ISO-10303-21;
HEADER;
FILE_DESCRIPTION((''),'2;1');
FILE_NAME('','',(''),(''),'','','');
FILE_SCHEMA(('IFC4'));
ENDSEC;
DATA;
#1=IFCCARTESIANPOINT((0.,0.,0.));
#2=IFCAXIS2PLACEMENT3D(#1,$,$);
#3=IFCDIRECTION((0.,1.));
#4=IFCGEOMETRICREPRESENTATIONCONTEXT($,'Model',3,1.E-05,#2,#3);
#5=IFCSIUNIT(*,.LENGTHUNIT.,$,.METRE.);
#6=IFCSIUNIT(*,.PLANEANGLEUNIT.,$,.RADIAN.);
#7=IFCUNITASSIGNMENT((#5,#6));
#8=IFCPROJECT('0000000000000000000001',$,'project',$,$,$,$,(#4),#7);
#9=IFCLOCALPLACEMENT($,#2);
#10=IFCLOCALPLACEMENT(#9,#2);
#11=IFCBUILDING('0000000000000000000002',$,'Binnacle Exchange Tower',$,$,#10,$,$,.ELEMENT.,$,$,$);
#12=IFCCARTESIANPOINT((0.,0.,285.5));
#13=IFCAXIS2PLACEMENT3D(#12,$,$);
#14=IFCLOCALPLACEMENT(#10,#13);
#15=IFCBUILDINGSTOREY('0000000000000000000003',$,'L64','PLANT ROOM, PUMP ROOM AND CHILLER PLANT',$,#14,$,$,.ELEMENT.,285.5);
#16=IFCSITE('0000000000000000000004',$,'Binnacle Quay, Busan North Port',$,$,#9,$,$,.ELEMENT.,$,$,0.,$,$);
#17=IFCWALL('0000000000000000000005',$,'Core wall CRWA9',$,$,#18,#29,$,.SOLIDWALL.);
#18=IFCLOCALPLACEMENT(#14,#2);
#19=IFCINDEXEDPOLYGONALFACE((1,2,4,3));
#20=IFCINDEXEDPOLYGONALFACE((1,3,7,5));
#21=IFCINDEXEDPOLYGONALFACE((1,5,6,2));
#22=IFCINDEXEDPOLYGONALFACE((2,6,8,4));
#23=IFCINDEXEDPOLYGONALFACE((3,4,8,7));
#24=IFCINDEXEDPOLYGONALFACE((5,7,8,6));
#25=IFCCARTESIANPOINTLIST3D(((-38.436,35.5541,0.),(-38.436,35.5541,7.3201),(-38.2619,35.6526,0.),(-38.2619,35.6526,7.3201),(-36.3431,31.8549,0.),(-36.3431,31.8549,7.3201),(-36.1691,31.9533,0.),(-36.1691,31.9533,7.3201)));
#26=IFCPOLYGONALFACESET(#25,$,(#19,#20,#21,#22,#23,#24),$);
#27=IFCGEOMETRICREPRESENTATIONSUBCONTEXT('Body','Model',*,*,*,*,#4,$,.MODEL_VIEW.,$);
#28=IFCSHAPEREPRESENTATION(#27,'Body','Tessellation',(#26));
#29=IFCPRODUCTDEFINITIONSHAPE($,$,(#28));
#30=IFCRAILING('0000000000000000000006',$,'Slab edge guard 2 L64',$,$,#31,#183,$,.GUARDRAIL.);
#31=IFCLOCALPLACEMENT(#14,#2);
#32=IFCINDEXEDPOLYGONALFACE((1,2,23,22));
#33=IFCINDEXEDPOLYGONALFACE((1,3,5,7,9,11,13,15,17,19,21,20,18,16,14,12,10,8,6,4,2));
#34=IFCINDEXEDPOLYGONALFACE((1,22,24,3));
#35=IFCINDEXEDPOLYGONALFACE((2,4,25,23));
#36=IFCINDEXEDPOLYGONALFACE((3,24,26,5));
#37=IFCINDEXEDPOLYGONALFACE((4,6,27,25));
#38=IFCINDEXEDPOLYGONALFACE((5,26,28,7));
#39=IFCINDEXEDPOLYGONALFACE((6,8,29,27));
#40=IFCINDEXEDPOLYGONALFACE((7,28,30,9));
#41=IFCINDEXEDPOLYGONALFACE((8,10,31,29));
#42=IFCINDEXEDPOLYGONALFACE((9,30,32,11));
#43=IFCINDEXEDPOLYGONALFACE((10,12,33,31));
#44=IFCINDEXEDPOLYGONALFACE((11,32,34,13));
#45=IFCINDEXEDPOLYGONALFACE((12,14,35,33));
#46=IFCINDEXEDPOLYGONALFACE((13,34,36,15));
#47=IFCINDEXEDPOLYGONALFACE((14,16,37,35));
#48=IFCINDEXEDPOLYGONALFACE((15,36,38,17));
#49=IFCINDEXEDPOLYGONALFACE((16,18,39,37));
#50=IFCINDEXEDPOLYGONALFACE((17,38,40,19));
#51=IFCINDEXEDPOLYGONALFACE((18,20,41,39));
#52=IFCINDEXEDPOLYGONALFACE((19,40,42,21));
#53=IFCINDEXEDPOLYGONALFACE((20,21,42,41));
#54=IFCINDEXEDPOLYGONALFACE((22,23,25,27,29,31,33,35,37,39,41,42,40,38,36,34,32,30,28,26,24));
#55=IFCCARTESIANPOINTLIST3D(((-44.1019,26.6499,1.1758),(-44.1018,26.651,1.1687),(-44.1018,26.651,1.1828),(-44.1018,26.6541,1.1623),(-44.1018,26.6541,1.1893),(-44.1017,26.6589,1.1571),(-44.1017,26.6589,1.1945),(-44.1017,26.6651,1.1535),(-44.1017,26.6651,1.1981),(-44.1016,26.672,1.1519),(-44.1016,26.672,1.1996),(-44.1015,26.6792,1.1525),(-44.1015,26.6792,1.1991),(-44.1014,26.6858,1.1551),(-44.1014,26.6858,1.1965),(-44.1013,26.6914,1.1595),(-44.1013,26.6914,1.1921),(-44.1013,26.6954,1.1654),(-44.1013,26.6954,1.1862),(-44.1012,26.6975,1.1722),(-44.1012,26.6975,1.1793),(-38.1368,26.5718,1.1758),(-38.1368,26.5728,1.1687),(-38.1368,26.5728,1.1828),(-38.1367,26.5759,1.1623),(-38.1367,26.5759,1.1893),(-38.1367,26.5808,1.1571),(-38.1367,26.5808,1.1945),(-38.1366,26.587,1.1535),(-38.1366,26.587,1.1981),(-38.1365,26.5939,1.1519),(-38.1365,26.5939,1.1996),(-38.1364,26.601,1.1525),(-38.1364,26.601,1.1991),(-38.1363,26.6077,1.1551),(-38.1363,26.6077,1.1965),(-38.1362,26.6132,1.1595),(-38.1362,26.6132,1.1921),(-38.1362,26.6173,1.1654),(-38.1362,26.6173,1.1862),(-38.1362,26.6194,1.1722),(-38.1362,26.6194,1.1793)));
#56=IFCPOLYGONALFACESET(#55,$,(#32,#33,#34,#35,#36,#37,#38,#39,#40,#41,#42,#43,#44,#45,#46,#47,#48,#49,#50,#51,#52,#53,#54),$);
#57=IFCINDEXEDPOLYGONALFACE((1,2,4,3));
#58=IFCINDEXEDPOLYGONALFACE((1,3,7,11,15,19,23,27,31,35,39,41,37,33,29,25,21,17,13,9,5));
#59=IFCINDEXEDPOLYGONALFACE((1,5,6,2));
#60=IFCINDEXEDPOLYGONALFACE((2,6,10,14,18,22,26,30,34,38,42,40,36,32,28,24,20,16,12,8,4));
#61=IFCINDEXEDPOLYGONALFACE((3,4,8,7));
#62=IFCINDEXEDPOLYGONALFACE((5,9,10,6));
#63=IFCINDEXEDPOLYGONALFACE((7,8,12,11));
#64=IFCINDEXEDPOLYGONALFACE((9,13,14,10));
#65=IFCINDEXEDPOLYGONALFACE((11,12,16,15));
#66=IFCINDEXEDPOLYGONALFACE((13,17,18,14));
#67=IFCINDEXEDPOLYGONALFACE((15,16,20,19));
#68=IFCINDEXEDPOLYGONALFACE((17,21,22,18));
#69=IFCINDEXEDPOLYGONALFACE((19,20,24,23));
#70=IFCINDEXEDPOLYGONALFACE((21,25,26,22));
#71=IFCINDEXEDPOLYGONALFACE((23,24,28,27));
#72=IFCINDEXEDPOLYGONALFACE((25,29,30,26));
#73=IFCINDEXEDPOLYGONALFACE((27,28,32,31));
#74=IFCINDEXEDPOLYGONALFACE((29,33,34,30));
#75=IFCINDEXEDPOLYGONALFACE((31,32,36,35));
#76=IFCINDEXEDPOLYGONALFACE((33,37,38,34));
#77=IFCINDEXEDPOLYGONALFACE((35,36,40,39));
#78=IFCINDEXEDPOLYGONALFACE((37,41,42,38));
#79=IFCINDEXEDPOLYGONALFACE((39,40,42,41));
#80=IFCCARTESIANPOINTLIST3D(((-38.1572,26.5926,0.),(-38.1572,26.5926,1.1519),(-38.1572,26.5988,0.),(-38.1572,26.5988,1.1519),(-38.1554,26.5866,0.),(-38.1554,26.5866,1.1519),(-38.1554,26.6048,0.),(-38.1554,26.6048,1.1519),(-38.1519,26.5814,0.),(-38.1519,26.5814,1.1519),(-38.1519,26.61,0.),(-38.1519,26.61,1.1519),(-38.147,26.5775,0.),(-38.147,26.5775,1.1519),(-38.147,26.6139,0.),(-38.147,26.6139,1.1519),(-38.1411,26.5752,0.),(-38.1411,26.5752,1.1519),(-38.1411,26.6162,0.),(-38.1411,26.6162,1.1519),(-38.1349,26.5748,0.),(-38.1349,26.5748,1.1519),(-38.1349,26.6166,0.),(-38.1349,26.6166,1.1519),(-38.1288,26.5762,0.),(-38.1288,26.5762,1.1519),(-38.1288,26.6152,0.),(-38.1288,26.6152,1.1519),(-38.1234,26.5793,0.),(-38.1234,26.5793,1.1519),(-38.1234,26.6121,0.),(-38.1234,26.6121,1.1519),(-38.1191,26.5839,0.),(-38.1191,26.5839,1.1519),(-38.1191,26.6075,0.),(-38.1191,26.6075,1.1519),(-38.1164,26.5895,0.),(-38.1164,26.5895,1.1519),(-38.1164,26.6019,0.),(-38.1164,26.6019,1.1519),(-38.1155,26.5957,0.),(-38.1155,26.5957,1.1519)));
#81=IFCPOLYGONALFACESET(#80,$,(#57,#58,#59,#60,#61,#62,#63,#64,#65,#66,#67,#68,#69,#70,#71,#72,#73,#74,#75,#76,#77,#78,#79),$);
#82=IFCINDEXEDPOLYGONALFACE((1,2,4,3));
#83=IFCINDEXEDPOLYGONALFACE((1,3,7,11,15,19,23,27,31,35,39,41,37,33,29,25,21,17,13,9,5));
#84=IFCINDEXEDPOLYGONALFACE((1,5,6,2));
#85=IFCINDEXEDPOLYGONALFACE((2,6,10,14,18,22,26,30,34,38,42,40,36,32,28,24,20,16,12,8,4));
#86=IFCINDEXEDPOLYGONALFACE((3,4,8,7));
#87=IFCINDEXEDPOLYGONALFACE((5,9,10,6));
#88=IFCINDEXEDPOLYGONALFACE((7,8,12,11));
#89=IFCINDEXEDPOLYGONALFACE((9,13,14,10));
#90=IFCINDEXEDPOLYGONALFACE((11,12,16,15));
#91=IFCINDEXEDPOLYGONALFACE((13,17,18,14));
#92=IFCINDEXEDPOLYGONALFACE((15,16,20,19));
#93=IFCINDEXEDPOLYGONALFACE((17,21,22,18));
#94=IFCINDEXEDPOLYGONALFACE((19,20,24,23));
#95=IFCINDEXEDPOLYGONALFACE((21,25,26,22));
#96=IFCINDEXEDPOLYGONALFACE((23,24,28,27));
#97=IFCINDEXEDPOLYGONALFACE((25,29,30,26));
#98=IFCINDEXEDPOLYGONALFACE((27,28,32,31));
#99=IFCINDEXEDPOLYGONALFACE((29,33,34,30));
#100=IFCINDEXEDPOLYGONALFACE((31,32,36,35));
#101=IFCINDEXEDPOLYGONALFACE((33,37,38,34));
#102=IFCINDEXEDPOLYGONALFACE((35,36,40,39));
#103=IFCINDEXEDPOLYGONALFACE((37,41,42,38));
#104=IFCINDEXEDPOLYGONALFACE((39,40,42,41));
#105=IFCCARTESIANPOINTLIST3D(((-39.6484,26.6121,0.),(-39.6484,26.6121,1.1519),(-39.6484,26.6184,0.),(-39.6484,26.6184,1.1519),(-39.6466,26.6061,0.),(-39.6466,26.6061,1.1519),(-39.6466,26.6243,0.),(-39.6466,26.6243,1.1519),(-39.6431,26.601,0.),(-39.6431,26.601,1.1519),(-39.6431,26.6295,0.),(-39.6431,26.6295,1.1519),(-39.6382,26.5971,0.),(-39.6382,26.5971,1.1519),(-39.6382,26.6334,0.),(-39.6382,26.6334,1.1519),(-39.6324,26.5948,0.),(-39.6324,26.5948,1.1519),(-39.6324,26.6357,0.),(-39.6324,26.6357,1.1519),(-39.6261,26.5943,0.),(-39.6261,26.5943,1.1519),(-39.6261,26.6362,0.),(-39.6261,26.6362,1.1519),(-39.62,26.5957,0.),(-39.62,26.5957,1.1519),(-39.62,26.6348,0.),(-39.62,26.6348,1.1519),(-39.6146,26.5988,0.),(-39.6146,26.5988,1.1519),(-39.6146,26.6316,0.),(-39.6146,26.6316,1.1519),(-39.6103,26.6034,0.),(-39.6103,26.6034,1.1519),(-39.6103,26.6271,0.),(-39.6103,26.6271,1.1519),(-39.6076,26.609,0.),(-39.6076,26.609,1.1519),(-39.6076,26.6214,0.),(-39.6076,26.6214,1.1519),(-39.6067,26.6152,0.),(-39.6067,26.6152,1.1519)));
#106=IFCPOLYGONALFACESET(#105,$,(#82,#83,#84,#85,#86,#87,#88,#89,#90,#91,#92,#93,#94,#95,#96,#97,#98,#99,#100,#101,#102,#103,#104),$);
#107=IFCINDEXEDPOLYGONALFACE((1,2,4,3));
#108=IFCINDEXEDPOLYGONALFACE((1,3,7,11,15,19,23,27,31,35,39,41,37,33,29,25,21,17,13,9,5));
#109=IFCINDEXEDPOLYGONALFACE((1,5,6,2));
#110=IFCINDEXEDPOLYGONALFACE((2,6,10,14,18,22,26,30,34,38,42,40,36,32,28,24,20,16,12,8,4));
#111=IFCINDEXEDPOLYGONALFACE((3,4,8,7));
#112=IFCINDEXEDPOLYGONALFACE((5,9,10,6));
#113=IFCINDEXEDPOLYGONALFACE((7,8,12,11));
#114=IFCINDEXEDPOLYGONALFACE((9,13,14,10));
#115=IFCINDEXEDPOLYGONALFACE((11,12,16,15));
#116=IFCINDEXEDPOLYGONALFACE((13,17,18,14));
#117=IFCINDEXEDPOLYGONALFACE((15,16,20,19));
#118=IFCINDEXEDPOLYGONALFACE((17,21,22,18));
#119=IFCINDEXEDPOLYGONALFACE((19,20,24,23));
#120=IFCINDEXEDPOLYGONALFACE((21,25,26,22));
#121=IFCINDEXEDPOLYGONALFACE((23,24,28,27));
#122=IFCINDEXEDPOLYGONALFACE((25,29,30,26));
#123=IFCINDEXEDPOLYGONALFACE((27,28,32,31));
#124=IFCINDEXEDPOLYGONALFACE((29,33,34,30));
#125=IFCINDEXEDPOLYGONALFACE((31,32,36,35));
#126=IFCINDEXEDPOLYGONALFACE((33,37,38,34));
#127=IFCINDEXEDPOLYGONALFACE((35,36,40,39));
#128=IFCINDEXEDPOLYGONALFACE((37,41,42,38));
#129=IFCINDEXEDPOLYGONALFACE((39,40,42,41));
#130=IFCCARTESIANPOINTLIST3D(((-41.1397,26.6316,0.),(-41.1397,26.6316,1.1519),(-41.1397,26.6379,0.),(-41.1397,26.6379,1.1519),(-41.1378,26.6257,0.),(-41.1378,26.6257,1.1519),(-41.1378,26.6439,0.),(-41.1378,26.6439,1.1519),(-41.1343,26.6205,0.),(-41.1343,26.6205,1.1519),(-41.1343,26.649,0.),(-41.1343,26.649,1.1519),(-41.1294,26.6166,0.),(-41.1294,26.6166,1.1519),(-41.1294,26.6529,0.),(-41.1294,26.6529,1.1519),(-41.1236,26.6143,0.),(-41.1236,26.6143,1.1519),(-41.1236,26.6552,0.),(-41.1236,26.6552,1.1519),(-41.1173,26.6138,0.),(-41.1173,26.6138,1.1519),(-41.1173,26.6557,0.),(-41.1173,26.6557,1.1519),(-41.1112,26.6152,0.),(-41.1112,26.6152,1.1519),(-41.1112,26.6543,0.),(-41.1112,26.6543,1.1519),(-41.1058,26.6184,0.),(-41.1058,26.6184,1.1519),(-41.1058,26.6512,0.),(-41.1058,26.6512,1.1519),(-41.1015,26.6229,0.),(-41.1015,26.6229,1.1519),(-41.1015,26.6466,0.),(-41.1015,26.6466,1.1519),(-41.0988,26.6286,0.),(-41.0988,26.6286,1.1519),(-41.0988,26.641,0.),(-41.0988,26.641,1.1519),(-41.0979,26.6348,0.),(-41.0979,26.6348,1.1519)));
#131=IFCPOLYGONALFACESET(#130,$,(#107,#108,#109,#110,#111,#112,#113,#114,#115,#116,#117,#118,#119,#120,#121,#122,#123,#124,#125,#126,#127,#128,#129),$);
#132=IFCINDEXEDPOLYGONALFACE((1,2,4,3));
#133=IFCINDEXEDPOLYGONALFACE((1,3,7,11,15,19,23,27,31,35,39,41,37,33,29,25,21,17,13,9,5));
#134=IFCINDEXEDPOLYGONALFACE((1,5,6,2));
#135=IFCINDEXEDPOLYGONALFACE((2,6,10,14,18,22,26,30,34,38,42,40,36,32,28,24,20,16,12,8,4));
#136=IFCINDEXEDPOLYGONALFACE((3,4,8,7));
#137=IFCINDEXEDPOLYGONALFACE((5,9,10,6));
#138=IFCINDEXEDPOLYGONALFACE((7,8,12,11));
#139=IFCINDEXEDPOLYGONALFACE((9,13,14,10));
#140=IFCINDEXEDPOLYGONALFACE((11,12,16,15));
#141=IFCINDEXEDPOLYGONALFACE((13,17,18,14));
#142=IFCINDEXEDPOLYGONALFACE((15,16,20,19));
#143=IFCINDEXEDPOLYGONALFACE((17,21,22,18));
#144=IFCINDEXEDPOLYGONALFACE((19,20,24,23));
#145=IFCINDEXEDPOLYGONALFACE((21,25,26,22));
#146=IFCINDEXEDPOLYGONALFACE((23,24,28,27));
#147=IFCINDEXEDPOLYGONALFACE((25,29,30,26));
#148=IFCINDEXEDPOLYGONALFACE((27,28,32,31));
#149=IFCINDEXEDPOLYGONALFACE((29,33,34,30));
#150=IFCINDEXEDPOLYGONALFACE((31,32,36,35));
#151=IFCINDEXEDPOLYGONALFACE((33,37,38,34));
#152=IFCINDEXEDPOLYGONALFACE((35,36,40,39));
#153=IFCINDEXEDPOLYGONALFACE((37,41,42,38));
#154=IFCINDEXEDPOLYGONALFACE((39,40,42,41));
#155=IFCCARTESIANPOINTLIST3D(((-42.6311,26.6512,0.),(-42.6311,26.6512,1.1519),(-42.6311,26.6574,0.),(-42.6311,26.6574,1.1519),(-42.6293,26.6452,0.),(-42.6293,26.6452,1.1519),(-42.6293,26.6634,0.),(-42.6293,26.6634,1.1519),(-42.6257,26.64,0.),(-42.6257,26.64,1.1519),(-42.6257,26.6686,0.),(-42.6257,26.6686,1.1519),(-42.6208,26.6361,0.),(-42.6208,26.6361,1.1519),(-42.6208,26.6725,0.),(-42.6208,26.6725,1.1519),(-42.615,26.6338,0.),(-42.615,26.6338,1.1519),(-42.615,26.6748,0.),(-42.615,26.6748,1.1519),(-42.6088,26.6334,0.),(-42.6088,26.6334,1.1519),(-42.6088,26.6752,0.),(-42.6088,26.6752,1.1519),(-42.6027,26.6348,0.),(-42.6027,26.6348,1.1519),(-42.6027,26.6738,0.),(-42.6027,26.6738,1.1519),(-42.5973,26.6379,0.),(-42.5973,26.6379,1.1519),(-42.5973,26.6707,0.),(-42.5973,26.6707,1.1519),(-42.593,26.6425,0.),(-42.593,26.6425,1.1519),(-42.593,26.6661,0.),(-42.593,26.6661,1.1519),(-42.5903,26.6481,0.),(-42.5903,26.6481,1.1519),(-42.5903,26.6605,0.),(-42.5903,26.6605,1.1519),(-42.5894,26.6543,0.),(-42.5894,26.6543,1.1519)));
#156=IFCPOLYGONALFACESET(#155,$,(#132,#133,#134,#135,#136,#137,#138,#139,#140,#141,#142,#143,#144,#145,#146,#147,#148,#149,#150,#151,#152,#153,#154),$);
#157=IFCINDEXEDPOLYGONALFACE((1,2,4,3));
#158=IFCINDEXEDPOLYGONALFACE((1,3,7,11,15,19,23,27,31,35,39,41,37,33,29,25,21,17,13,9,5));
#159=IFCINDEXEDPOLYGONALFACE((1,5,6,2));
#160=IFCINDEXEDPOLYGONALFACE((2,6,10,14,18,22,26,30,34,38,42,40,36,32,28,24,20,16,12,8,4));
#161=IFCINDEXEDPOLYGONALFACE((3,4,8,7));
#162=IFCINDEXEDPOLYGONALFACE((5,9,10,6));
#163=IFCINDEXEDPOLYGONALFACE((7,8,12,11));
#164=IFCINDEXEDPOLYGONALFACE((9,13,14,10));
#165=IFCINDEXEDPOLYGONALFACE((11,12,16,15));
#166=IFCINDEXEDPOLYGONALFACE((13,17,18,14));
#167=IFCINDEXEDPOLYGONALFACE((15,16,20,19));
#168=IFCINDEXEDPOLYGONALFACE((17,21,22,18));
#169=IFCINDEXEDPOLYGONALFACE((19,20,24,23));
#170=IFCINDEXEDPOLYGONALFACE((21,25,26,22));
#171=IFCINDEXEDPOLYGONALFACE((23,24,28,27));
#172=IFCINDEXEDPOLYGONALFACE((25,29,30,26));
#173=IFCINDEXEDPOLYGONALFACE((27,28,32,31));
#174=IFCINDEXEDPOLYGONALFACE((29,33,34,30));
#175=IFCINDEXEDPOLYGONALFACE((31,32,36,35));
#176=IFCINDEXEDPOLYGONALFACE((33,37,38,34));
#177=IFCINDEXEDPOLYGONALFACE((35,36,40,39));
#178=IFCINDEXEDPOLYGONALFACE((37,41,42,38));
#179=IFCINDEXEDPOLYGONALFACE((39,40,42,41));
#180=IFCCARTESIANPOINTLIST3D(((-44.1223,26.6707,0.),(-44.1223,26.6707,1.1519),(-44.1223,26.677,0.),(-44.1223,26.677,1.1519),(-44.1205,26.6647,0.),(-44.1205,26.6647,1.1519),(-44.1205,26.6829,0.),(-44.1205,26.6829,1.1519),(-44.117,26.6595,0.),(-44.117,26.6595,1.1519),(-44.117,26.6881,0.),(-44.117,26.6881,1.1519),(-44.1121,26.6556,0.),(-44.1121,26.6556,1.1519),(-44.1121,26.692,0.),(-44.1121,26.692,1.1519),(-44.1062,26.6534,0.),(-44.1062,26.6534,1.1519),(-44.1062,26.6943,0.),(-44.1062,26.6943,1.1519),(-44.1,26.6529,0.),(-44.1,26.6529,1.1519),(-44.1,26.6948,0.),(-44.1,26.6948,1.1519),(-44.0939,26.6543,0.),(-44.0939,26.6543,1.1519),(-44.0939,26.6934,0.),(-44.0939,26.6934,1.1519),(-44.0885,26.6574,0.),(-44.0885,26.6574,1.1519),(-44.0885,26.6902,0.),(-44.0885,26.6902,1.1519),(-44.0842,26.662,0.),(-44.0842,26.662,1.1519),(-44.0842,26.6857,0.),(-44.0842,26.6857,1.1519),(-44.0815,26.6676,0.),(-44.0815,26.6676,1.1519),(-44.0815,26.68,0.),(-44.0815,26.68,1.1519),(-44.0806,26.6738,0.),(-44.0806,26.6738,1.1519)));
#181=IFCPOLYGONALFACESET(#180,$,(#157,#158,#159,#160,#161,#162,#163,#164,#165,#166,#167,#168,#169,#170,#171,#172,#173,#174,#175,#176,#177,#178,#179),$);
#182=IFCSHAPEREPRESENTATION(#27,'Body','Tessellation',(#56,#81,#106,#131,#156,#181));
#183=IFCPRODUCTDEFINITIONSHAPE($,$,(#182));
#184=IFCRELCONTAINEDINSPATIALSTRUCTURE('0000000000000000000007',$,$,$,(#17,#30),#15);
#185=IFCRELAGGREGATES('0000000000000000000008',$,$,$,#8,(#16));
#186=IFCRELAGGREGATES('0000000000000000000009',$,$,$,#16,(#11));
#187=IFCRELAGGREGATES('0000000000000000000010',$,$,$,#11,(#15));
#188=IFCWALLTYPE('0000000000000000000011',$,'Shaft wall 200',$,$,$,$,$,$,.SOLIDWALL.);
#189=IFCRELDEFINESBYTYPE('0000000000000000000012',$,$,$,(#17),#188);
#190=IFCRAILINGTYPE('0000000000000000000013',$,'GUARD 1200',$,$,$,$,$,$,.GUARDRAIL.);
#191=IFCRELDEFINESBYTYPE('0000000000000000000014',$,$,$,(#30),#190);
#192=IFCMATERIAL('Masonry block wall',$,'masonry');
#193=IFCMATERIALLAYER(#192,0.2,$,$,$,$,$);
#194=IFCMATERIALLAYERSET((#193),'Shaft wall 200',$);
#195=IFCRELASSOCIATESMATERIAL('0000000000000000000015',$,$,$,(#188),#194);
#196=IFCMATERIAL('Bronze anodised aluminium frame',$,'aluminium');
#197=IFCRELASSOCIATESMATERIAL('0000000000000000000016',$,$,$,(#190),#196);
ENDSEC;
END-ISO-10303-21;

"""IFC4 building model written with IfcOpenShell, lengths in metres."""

from ifc_helpers import new_model, si_unit, direction, frame, frame_2d, origin, origin_2d, place, context, subcontext, project, spatial, rectangle, circle, extrude, material, layer, layer_set, type_object, element, save


model = new_model("IFC4")

# Units and contexts
model_context = context("Model", 3, precision=1e-05, world=origin(), true_north=direction((0.0, 1.0)))
body_context = subcontext(model_context, "Body", "Model", "MODEL_VIEW")
ifc_project = project(units=[si_unit("LENGTHUNIT", "METRE"), si_unit("PLANEANGLEUNIT", "RADIAN")], contexts=[model_context])

# Site, building, storey
site_placement = place(None, origin())
site = spatial("IfcSite", under=ifc_project, at=site_placement, Name="Binnacle Quay, Busan North Port", CompositionType="ELEMENT", RefElevation=0.0)
building_placement = place(site_placement, origin())
building = spatial("IfcBuilding", under=site, at=building_placement, Name="Binnacle Exchange Tower", CompositionType="ELEMENT")
storey_placement = place(building_placement, frame((0.0, 0.0, 285.5)))
storey = spatial("IfcBuildingStorey", under=building, at=storey_placement, Name="L64", Description="PLANT ROOM, PUMP ROOM AND CHILLER PLANT", CompositionType="ELEMENT", Elevation=285.5)

# Wall
ifc_material_1 = material(Name="Masonry block wall", Category="masonry")
ifc_layer_1 = layer(ifc_material_1, 0.2)
ifc_layer_set_1 = layer_set([ifc_layer_1], Name="Shaft wall 200")
wall_type_1 = type_object("IfcWallType", Name="Shaft wall 200", PredefinedType="SOLIDWALL", material=ifc_layer_set_1)
wall_1_placement = place(storey_placement, frame((-38.3489, 35.6033, 0.0), z_axis=(0.0, 0.0, 1.0), x_axis=(0.492398, -0.87037, 0.0)))
element("IfcWall", 1, at=wall_1_placement, inside=storey, type_object=wall_type_1, Name="Core wall CRWA9", PredefinedType="SOLIDWALL", context=body_context, shape_type="SweptSolid", body=[
    extrude(rectangle(XDim=4.2502, YDim=0.2, at=frame_2d((2.125, 0.0))), origin(), (0.0, 0.0, 1.0), 7.3201),
])

# Railing
ifc_material_2 = material(Name="Bronze anodised aluminium frame", Category="aluminium")
railing_type = type_object("IfcRailingType", Name="GUARD 1200", PredefinedType="GUARDRAIL", material=ifc_material_2)
railing_placement = place(storey_placement, frame((-38.1365, 26.5957, 0.0)))
element("IfcRailing", 2, at=railing_placement, inside=storey, type_object=railing_type, Name="Slab edge guard 2 L64", PredefinedType="GUARDRAIL", context=body_context, shape_type="SweptSolid", body=[
    extrude(circle(Radius=0.0239, at=origin_2d()), frame((0.0, 0.0, 1.1758), z_axis=(-0.999914, 0.013096, 0.0), x_axis=(-0.013096, -0.999914, 0.0)), (0.0, 0.0, 1.0), 5.9656),
    extrude(circle(Radius=0.021, at=origin_2d()), origin(), (0.0, 0.0, 1.0), 1.1519),
    extrude(circle(Radius=0.021, at=origin_2d()), frame((-1.4912, 0.0195, 0.0)), (0.0, 0.0, 1.0), 1.1519),
    extrude(circle(Radius=0.021, at=origin_2d()), frame((-2.9824, 0.0391, 0.0)), (0.0, 0.0, 1.0), 1.1519),
    extrude(circle(Radius=0.021, at=origin_2d()), frame((-4.4739, 0.0586, 0.0)), (0.0, 0.0, 1.0), 1.1519),
    extrude(circle(Radius=0.021, at=origin_2d()), frame((-5.9651, 0.0781, 0.0)), (0.0, 0.0, 1.0), 1.1519),
])

save(model, "model.ifc")
